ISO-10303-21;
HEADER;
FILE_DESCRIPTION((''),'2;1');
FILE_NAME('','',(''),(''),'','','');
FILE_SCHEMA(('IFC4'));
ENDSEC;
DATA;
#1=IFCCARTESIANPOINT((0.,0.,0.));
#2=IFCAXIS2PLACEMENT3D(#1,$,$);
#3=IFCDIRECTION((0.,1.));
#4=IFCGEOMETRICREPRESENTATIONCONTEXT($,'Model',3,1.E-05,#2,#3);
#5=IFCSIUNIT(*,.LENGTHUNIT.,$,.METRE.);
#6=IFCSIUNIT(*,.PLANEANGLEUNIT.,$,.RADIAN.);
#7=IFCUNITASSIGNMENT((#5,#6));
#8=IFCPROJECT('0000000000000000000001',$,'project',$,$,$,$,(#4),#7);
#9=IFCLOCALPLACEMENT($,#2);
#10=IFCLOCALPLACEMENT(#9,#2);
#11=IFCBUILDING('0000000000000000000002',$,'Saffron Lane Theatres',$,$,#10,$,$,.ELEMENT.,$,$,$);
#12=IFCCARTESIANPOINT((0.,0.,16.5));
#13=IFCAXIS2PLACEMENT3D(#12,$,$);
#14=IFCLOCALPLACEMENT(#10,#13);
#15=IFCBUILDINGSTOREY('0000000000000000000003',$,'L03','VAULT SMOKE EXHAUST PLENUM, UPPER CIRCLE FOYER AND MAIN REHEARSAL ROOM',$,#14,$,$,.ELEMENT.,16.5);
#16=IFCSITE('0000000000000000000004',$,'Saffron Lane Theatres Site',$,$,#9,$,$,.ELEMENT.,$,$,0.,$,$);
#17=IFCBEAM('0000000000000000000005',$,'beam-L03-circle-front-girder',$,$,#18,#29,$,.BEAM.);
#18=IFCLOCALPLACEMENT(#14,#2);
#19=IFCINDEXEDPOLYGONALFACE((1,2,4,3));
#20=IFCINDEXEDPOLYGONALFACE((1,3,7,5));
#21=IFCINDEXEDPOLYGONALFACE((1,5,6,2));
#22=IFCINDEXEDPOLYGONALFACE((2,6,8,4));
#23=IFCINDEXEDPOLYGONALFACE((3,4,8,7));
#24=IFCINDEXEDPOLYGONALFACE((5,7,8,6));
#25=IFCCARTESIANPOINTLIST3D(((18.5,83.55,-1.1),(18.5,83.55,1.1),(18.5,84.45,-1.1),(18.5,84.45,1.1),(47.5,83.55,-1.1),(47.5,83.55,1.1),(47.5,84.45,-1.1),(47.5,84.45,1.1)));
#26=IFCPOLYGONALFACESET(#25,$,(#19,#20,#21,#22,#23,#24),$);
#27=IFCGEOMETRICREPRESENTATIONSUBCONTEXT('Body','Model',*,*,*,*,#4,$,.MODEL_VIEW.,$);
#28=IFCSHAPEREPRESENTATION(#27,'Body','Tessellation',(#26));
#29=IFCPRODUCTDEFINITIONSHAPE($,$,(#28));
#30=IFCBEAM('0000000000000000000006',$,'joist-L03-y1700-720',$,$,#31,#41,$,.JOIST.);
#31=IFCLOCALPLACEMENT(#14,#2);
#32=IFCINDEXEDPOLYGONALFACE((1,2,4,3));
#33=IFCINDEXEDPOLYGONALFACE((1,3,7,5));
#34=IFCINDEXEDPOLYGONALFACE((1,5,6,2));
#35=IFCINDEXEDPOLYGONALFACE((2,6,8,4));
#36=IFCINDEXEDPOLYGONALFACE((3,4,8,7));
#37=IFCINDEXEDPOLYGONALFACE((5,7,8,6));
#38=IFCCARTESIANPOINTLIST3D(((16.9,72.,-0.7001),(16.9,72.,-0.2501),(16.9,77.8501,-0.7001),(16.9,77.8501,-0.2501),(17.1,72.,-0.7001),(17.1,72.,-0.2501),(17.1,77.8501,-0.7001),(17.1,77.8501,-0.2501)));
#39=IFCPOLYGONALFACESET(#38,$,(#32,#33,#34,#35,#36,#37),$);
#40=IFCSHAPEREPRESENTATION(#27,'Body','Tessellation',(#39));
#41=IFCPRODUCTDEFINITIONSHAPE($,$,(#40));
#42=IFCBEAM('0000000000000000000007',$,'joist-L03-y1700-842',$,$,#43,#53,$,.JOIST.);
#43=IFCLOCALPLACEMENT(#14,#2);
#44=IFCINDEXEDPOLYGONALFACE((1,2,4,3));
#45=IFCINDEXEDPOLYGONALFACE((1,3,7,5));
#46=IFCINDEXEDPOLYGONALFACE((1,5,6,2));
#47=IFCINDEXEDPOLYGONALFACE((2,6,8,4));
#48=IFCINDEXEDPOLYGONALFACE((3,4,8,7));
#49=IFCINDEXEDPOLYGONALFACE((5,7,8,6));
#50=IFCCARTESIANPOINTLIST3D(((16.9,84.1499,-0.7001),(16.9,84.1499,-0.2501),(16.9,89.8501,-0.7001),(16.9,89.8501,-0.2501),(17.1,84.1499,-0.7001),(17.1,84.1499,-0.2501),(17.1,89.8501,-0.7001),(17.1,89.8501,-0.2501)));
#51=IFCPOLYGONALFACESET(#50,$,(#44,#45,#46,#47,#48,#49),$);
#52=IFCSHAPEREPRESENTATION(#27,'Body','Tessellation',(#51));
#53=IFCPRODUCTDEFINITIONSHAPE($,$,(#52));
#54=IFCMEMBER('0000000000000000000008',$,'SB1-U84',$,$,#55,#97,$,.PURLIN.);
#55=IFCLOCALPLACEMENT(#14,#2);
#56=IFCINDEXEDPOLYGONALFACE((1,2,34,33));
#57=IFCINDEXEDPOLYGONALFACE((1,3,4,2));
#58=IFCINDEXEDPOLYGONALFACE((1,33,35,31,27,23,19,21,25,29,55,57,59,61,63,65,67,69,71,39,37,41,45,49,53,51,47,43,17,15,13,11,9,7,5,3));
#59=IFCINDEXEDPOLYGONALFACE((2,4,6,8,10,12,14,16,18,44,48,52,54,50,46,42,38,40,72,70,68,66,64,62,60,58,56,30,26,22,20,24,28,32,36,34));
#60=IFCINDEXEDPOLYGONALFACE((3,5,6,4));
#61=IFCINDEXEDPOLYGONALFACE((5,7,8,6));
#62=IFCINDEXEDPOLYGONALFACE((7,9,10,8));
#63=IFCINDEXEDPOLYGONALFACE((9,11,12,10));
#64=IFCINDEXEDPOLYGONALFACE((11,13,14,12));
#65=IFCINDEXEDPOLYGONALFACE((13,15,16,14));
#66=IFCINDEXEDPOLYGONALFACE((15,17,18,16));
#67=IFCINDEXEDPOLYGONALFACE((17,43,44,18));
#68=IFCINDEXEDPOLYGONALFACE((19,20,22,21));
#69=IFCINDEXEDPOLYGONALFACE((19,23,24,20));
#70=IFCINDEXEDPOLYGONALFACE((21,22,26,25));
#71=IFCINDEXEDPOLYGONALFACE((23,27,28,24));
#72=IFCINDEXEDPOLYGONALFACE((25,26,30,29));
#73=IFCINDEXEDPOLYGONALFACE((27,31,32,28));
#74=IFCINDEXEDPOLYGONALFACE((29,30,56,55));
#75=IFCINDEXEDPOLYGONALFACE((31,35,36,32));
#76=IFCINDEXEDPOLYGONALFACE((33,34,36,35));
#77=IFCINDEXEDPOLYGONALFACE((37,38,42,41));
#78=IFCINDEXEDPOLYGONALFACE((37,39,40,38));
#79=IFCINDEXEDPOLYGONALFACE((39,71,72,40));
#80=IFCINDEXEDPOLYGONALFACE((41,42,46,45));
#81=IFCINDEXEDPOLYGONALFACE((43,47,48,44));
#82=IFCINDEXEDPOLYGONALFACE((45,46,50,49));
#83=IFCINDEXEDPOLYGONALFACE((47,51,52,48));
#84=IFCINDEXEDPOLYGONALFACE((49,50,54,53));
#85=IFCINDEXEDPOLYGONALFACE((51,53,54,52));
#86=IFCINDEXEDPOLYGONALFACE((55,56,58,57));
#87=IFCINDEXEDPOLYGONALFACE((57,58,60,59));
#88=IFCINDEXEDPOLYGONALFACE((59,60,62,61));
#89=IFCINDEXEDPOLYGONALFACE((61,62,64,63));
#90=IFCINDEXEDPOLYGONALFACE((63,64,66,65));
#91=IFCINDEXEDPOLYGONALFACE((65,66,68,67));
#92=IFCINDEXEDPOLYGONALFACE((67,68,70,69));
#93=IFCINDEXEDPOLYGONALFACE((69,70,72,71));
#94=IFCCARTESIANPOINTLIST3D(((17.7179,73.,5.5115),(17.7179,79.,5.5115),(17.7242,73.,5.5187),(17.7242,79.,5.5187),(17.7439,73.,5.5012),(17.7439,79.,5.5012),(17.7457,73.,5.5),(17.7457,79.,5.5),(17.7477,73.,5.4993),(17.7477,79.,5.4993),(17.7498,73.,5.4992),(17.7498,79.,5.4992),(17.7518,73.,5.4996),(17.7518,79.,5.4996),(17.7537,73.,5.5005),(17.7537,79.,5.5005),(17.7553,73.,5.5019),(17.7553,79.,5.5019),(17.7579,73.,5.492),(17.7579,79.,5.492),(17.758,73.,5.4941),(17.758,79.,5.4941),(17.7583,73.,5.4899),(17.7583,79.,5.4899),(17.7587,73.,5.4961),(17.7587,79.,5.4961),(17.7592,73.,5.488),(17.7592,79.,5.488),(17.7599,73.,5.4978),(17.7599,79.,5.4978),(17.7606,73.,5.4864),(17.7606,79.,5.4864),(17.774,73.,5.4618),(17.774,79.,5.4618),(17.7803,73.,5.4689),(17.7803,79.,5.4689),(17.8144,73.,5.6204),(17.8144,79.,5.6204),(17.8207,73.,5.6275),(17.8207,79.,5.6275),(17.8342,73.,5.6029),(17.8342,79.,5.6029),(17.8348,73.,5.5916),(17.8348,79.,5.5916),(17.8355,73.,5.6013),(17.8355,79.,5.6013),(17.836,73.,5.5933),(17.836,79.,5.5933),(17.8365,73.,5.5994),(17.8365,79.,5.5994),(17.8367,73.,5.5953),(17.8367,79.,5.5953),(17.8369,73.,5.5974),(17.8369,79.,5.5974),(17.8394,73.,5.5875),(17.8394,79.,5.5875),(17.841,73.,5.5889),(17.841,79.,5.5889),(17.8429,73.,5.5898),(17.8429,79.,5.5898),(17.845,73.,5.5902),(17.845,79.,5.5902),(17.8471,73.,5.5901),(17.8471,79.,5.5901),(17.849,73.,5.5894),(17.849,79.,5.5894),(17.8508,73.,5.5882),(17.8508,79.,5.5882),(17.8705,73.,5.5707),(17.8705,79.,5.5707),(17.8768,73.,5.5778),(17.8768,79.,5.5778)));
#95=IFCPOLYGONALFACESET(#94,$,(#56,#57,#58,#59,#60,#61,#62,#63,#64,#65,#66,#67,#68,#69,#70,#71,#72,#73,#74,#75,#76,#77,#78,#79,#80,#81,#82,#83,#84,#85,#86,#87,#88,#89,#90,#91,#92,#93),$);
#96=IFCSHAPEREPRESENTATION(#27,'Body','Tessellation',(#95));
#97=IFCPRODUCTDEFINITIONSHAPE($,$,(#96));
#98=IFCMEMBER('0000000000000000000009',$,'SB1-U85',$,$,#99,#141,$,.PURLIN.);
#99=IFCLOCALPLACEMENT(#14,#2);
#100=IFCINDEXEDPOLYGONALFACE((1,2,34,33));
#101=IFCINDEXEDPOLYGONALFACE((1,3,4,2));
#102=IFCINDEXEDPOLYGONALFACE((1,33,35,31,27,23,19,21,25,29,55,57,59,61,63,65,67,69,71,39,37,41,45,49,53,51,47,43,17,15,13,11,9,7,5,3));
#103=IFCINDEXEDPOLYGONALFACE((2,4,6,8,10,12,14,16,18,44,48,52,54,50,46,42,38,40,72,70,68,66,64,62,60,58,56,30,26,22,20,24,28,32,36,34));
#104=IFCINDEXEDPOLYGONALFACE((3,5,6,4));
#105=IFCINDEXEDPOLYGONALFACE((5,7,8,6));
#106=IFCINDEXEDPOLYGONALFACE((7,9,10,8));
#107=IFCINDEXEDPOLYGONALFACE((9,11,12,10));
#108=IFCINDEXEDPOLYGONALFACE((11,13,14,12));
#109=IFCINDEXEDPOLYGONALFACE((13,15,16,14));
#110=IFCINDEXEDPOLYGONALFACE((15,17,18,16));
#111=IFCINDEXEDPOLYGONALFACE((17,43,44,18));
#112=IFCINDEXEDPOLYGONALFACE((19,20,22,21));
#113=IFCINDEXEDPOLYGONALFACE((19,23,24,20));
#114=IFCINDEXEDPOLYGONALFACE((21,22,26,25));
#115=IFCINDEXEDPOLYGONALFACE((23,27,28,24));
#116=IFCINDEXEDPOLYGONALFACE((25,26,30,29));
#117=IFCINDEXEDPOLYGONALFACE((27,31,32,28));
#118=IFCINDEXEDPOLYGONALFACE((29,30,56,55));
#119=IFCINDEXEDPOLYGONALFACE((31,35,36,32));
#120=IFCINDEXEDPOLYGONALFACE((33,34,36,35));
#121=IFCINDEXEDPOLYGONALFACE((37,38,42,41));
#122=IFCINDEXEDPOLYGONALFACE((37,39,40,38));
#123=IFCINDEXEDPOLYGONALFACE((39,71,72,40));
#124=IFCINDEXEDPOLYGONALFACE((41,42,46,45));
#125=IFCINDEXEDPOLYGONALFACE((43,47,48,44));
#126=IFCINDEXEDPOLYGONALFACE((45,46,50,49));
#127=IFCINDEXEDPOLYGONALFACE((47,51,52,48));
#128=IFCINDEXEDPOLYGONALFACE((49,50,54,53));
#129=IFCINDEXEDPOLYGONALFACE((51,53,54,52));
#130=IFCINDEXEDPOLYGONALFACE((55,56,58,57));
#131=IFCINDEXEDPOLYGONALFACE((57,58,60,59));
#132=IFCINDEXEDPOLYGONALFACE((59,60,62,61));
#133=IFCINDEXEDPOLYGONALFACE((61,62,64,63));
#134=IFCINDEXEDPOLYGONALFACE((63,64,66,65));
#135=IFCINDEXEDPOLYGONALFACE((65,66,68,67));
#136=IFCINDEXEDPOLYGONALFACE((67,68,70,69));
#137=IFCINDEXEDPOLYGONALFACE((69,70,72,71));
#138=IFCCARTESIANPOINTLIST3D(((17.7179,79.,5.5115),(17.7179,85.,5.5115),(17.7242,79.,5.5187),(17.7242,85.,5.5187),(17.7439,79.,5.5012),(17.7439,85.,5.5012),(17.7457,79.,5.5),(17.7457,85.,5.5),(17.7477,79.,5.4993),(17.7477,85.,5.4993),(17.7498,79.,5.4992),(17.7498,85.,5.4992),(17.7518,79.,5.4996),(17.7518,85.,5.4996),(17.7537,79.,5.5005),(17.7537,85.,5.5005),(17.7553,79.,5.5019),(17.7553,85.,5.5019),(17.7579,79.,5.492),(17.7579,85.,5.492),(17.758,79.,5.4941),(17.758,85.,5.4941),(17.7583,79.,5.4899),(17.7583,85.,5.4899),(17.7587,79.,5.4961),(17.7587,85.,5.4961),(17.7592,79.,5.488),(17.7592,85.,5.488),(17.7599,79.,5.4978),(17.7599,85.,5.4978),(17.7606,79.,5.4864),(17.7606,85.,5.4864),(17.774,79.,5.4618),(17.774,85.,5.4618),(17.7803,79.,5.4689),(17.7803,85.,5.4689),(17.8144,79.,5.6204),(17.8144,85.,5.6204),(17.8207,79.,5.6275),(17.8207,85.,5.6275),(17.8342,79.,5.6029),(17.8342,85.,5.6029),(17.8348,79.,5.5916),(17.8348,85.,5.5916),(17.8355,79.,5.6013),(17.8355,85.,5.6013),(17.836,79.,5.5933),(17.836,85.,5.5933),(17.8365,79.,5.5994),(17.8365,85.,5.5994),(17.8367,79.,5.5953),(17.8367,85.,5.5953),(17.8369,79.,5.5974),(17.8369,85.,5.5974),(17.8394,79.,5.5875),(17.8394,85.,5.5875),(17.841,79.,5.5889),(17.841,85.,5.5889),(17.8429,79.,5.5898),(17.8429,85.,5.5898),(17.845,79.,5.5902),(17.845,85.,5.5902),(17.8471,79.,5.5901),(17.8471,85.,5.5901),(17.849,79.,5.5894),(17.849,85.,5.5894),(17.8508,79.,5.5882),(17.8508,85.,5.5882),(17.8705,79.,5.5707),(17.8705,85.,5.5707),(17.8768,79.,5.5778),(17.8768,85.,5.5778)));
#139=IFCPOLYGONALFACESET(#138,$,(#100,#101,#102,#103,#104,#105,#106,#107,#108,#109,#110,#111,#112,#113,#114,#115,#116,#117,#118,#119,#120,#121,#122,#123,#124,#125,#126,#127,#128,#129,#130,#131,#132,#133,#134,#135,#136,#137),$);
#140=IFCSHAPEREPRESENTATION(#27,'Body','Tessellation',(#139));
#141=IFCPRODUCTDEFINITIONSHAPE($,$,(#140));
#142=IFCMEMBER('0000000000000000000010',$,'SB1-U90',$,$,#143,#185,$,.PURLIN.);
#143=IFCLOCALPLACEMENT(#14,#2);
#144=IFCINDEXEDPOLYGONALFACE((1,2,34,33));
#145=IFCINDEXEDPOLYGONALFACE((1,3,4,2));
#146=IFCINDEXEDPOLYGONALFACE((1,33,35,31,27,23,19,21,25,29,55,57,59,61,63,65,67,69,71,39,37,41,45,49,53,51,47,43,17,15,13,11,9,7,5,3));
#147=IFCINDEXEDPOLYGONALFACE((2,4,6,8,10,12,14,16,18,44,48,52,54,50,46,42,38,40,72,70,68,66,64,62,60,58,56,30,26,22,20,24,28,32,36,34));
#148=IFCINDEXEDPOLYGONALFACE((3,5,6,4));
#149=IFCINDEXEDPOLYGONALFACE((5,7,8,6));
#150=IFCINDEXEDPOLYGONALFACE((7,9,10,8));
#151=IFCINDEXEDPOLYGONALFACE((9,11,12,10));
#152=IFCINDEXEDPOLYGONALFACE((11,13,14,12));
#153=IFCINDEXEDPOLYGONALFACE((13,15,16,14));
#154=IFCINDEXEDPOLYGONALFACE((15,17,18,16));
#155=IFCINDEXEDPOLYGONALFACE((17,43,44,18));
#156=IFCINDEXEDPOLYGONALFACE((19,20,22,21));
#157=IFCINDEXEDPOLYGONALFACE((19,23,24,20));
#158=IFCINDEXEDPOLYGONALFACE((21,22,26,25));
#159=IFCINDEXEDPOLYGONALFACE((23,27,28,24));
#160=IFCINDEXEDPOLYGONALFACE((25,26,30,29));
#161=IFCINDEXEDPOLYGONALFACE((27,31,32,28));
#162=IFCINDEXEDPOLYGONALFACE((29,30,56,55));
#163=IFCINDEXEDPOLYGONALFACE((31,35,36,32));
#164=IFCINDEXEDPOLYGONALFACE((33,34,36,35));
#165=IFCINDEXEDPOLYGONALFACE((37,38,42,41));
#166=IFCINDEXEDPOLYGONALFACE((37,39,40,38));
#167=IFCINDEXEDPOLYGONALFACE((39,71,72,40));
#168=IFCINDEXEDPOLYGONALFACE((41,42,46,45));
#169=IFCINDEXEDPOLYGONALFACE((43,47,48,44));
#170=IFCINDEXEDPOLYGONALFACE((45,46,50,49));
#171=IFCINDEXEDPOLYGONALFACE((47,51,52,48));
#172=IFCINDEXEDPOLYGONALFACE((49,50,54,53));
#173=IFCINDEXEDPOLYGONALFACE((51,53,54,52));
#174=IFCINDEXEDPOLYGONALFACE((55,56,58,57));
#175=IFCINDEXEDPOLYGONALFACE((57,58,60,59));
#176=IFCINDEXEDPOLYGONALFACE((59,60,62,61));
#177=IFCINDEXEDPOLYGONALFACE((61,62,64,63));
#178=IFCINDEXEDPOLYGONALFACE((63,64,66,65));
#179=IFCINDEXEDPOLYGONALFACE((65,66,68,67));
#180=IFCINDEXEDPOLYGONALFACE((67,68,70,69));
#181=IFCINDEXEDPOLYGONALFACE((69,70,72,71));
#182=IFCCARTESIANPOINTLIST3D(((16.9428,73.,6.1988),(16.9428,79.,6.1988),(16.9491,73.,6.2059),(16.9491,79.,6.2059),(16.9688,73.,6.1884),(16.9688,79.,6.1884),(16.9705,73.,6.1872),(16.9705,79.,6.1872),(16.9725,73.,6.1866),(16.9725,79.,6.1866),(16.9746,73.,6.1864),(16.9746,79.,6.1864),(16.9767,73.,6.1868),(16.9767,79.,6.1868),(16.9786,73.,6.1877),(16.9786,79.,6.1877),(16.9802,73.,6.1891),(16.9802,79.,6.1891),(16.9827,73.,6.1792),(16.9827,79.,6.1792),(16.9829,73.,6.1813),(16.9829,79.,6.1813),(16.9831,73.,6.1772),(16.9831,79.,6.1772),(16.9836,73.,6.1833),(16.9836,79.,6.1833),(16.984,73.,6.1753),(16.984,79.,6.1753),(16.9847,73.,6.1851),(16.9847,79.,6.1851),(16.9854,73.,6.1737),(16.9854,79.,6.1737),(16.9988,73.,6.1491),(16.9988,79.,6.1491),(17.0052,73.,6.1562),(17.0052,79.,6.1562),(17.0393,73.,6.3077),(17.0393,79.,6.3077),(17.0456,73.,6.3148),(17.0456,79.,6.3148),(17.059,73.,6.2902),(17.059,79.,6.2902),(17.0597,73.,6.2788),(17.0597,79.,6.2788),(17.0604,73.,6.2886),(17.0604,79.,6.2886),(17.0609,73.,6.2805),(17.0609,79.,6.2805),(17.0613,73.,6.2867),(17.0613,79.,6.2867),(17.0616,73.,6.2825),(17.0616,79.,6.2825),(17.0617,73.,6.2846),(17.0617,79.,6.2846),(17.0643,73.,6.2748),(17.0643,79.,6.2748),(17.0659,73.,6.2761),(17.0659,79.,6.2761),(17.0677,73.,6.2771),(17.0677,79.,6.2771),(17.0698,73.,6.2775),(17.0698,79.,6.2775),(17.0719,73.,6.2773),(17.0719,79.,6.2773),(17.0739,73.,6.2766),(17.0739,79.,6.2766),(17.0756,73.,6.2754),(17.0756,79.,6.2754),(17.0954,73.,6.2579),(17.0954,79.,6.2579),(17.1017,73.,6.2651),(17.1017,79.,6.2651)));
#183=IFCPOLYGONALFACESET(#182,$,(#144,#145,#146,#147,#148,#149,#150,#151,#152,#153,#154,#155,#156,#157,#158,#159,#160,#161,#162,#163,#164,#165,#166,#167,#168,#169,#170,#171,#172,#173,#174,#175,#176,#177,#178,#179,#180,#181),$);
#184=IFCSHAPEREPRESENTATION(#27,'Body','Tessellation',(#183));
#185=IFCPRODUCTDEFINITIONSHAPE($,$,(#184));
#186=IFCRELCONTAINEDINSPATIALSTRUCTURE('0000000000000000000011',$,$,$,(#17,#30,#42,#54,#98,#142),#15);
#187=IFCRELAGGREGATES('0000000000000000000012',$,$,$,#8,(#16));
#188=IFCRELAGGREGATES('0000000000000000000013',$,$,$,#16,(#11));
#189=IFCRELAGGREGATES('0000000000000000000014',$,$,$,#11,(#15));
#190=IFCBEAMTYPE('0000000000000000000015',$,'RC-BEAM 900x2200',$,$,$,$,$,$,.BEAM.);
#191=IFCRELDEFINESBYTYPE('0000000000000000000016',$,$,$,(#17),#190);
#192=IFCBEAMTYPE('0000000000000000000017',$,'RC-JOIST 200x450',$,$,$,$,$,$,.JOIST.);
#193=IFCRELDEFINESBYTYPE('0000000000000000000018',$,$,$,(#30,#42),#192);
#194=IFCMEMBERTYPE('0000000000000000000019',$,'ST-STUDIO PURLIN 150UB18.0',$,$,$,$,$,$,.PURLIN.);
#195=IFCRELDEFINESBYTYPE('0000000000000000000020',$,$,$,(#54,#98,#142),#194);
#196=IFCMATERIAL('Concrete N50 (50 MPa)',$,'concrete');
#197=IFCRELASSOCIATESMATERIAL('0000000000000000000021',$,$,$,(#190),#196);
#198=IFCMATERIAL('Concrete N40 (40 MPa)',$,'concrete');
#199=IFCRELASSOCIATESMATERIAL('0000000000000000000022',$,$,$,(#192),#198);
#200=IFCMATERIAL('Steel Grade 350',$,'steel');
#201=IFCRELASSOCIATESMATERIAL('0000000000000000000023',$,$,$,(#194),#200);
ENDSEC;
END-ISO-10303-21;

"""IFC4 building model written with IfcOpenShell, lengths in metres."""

from ifc_helpers import new_model, si_unit, direction, frame, origin, origin_2d, place, context, subcontext, project, spatial, rectangle, i_section, extrude, material, material_profile, profile_set, type_object, element, save


model = new_model("IFC4")

# Units and contexts
model_context = context("Model", 3, precision=1e-05, world=origin(), true_north=direction((0.0, 1.0)))
body_context = subcontext(model_context, "Body", "Model", "MODEL_VIEW")
ifc_project = project(units=[si_unit("LENGTHUNIT", "METRE"), si_unit("PLANEANGLEUNIT", "RADIAN")], contexts=[model_context])

# Site, building, storey
site_placement = place(None, origin())
site = spatial("IfcSite", under=ifc_project, at=site_placement, Name="Saffron Lane Theatres Site", CompositionType="ELEMENT", RefElevation=0.0)
building_placement = place(site_placement, origin())
building = spatial("IfcBuilding", under=site, at=building_placement, Name="Saffron Lane Theatres", CompositionType="ELEMENT")
storey_placement = place(building_placement, frame((0.0, 0.0, 16.5)))
storey = spatial("IfcBuildingStorey", under=building, at=storey_placement, Name="L03", Description="VAULT SMOKE EXHAUST PLENUM, UPPER CIRCLE FOYER AND MAIN REHEARSAL ROOM", CompositionType="ELEMENT", Elevation=16.5)

# Beams
ifc_material_1 = material(Name="Concrete N50 (50 MPa)", Category="concrete")
ifc_material_profile_1 = material_profile(ifc_material_1, rectangle(XDim=0.8999, YDim=2.2, at=origin_2d()))
ifc_profile_set_1 = profile_set([ifc_material_profile_1], Name="Concrete N50 (50 MPa)")
beam_type_1 = type_object("IfcBeamType", Name="RC-BEAM 900x2200", PredefinedType="BEAM", material=ifc_profile_set_1)
beam_1_placement = place(storey_placement, frame((18.5, 84.0, 0.0), z_axis=(1.0, 0.0, 0.0), x_axis=(0.0, 1.0, 0.0)))
element("IfcBeam", 1, at=beam_1_placement, inside=storey, type_object=beam_type_1, Name="beam-L03-circle-front-girder", PredefinedType="BEAM", context=body_context, shape_type="SweptSolid", body=[
    extrude(rectangle(XDim=0.8999, YDim=2.2, at=origin_2d()), origin(), (0.0, 0.0, 1.0), 29.0),
])
ifc_material_2 = material(Name="Concrete N40 (40 MPa)", Category="concrete")
ifc_material_profile_2 = material_profile(ifc_material_2, rectangle(XDim=0.2, YDim=0.45, at=origin_2d()))
ifc_profile_set_2 = profile_set([ifc_material_profile_2], Name="Concrete N40 (40 MPa)")
beam_type_2 = type_object("IfcBeamType", Name="RC-JOIST 200x450", PredefinedType="JOIST", material=ifc_profile_set_2)
beam_2_placement = place(storey_placement, frame((17.0, 72.0, -0.4751), z_axis=(0.0, 1.0, 0.0), x_axis=(-1.0, 0.0, 0.0)))
element("IfcBeam", 2, at=beam_2_placement, inside=storey, type_object=beam_type_2, Name="joist-L03-y1700-720", PredefinedType="JOIST", context=body_context, shape_type="SweptSolid", body=[
    extrude(rectangle(XDim=0.2, YDim=0.45, at=origin_2d()), origin(), (0.0, 0.0, 1.0), 5.8501),
])
beam_3_placement = place(storey_placement, frame((17.0, 84.1499, -0.4751), z_axis=(0.0, 1.0, 0.0), x_axis=(-1.0, 0.0, 0.0)))
element("IfcBeam", 3, at=beam_3_placement, inside=storey, type_object=beam_type_2, Name="joist-L03-y1700-842", PredefinedType="JOIST", context=body_context, shape_type="SweptSolid", body=[
    extrude(rectangle(XDim=0.2, YDim=0.45, at=origin_2d()), origin(), (0.0, 0.0, 1.0), 5.7002),
])

# Members
ifc_material_3 = material(Name="Steel Grade 350", Category="steel")
ifc_material_profile_3 = material_profile(ifc_material_3, i_section(OverallWidth=0.075, OverallDepth=0.155, WebThickness=0.0061, FlangeThickness=0.0095, FilletRadius=0.0081, at=origin_2d()))
ifc_profile_set_3 = profile_set([ifc_material_profile_3], Name="Steel Grade 350")
member_type_1 = type_object("IfcMemberType", Name="ST-STUDIO PURLIN 150UB18.0", PredefinedType="PURLIN", material=ifc_profile_set_3)
for number, where, z_axis, x_axis, name in (
    (4, (17.7974, 73.0, 5.5447), (0.0, 1.0, 0.0), (-0.748269, 0.0, 0.663396), "SB1-U84"),
    (5, (17.7974, 79.0, 5.5447), (0.0, 1.0, 0.0), (-0.748269, 0.0, 0.663396), "SB1-U85"),
    (6, (17.0222, 73.0, 6.2319), (0.0, 1.0, 0.0), (-0.748269, 0.0, 0.663396), "SB1-U90"),
):
    element("IfcMember", number, at=place(storey_placement, frame(where, z_axis=z_axis, x_axis=x_axis)), inside=storey, type_object=member_type_1, Name=name, PredefinedType="PURLIN", context=body_context, shape_type="SweptSolid", body=[
        extrude(i_section(OverallWidth=0.075, OverallDepth=0.155, WebThickness=0.0061, FlangeThickness=0.0095, FilletRadius=0.0081, at=origin_2d()), origin(), (0.0, 0.0, 1.0), 6.0),
    ])

save(model, "model.ifc")
